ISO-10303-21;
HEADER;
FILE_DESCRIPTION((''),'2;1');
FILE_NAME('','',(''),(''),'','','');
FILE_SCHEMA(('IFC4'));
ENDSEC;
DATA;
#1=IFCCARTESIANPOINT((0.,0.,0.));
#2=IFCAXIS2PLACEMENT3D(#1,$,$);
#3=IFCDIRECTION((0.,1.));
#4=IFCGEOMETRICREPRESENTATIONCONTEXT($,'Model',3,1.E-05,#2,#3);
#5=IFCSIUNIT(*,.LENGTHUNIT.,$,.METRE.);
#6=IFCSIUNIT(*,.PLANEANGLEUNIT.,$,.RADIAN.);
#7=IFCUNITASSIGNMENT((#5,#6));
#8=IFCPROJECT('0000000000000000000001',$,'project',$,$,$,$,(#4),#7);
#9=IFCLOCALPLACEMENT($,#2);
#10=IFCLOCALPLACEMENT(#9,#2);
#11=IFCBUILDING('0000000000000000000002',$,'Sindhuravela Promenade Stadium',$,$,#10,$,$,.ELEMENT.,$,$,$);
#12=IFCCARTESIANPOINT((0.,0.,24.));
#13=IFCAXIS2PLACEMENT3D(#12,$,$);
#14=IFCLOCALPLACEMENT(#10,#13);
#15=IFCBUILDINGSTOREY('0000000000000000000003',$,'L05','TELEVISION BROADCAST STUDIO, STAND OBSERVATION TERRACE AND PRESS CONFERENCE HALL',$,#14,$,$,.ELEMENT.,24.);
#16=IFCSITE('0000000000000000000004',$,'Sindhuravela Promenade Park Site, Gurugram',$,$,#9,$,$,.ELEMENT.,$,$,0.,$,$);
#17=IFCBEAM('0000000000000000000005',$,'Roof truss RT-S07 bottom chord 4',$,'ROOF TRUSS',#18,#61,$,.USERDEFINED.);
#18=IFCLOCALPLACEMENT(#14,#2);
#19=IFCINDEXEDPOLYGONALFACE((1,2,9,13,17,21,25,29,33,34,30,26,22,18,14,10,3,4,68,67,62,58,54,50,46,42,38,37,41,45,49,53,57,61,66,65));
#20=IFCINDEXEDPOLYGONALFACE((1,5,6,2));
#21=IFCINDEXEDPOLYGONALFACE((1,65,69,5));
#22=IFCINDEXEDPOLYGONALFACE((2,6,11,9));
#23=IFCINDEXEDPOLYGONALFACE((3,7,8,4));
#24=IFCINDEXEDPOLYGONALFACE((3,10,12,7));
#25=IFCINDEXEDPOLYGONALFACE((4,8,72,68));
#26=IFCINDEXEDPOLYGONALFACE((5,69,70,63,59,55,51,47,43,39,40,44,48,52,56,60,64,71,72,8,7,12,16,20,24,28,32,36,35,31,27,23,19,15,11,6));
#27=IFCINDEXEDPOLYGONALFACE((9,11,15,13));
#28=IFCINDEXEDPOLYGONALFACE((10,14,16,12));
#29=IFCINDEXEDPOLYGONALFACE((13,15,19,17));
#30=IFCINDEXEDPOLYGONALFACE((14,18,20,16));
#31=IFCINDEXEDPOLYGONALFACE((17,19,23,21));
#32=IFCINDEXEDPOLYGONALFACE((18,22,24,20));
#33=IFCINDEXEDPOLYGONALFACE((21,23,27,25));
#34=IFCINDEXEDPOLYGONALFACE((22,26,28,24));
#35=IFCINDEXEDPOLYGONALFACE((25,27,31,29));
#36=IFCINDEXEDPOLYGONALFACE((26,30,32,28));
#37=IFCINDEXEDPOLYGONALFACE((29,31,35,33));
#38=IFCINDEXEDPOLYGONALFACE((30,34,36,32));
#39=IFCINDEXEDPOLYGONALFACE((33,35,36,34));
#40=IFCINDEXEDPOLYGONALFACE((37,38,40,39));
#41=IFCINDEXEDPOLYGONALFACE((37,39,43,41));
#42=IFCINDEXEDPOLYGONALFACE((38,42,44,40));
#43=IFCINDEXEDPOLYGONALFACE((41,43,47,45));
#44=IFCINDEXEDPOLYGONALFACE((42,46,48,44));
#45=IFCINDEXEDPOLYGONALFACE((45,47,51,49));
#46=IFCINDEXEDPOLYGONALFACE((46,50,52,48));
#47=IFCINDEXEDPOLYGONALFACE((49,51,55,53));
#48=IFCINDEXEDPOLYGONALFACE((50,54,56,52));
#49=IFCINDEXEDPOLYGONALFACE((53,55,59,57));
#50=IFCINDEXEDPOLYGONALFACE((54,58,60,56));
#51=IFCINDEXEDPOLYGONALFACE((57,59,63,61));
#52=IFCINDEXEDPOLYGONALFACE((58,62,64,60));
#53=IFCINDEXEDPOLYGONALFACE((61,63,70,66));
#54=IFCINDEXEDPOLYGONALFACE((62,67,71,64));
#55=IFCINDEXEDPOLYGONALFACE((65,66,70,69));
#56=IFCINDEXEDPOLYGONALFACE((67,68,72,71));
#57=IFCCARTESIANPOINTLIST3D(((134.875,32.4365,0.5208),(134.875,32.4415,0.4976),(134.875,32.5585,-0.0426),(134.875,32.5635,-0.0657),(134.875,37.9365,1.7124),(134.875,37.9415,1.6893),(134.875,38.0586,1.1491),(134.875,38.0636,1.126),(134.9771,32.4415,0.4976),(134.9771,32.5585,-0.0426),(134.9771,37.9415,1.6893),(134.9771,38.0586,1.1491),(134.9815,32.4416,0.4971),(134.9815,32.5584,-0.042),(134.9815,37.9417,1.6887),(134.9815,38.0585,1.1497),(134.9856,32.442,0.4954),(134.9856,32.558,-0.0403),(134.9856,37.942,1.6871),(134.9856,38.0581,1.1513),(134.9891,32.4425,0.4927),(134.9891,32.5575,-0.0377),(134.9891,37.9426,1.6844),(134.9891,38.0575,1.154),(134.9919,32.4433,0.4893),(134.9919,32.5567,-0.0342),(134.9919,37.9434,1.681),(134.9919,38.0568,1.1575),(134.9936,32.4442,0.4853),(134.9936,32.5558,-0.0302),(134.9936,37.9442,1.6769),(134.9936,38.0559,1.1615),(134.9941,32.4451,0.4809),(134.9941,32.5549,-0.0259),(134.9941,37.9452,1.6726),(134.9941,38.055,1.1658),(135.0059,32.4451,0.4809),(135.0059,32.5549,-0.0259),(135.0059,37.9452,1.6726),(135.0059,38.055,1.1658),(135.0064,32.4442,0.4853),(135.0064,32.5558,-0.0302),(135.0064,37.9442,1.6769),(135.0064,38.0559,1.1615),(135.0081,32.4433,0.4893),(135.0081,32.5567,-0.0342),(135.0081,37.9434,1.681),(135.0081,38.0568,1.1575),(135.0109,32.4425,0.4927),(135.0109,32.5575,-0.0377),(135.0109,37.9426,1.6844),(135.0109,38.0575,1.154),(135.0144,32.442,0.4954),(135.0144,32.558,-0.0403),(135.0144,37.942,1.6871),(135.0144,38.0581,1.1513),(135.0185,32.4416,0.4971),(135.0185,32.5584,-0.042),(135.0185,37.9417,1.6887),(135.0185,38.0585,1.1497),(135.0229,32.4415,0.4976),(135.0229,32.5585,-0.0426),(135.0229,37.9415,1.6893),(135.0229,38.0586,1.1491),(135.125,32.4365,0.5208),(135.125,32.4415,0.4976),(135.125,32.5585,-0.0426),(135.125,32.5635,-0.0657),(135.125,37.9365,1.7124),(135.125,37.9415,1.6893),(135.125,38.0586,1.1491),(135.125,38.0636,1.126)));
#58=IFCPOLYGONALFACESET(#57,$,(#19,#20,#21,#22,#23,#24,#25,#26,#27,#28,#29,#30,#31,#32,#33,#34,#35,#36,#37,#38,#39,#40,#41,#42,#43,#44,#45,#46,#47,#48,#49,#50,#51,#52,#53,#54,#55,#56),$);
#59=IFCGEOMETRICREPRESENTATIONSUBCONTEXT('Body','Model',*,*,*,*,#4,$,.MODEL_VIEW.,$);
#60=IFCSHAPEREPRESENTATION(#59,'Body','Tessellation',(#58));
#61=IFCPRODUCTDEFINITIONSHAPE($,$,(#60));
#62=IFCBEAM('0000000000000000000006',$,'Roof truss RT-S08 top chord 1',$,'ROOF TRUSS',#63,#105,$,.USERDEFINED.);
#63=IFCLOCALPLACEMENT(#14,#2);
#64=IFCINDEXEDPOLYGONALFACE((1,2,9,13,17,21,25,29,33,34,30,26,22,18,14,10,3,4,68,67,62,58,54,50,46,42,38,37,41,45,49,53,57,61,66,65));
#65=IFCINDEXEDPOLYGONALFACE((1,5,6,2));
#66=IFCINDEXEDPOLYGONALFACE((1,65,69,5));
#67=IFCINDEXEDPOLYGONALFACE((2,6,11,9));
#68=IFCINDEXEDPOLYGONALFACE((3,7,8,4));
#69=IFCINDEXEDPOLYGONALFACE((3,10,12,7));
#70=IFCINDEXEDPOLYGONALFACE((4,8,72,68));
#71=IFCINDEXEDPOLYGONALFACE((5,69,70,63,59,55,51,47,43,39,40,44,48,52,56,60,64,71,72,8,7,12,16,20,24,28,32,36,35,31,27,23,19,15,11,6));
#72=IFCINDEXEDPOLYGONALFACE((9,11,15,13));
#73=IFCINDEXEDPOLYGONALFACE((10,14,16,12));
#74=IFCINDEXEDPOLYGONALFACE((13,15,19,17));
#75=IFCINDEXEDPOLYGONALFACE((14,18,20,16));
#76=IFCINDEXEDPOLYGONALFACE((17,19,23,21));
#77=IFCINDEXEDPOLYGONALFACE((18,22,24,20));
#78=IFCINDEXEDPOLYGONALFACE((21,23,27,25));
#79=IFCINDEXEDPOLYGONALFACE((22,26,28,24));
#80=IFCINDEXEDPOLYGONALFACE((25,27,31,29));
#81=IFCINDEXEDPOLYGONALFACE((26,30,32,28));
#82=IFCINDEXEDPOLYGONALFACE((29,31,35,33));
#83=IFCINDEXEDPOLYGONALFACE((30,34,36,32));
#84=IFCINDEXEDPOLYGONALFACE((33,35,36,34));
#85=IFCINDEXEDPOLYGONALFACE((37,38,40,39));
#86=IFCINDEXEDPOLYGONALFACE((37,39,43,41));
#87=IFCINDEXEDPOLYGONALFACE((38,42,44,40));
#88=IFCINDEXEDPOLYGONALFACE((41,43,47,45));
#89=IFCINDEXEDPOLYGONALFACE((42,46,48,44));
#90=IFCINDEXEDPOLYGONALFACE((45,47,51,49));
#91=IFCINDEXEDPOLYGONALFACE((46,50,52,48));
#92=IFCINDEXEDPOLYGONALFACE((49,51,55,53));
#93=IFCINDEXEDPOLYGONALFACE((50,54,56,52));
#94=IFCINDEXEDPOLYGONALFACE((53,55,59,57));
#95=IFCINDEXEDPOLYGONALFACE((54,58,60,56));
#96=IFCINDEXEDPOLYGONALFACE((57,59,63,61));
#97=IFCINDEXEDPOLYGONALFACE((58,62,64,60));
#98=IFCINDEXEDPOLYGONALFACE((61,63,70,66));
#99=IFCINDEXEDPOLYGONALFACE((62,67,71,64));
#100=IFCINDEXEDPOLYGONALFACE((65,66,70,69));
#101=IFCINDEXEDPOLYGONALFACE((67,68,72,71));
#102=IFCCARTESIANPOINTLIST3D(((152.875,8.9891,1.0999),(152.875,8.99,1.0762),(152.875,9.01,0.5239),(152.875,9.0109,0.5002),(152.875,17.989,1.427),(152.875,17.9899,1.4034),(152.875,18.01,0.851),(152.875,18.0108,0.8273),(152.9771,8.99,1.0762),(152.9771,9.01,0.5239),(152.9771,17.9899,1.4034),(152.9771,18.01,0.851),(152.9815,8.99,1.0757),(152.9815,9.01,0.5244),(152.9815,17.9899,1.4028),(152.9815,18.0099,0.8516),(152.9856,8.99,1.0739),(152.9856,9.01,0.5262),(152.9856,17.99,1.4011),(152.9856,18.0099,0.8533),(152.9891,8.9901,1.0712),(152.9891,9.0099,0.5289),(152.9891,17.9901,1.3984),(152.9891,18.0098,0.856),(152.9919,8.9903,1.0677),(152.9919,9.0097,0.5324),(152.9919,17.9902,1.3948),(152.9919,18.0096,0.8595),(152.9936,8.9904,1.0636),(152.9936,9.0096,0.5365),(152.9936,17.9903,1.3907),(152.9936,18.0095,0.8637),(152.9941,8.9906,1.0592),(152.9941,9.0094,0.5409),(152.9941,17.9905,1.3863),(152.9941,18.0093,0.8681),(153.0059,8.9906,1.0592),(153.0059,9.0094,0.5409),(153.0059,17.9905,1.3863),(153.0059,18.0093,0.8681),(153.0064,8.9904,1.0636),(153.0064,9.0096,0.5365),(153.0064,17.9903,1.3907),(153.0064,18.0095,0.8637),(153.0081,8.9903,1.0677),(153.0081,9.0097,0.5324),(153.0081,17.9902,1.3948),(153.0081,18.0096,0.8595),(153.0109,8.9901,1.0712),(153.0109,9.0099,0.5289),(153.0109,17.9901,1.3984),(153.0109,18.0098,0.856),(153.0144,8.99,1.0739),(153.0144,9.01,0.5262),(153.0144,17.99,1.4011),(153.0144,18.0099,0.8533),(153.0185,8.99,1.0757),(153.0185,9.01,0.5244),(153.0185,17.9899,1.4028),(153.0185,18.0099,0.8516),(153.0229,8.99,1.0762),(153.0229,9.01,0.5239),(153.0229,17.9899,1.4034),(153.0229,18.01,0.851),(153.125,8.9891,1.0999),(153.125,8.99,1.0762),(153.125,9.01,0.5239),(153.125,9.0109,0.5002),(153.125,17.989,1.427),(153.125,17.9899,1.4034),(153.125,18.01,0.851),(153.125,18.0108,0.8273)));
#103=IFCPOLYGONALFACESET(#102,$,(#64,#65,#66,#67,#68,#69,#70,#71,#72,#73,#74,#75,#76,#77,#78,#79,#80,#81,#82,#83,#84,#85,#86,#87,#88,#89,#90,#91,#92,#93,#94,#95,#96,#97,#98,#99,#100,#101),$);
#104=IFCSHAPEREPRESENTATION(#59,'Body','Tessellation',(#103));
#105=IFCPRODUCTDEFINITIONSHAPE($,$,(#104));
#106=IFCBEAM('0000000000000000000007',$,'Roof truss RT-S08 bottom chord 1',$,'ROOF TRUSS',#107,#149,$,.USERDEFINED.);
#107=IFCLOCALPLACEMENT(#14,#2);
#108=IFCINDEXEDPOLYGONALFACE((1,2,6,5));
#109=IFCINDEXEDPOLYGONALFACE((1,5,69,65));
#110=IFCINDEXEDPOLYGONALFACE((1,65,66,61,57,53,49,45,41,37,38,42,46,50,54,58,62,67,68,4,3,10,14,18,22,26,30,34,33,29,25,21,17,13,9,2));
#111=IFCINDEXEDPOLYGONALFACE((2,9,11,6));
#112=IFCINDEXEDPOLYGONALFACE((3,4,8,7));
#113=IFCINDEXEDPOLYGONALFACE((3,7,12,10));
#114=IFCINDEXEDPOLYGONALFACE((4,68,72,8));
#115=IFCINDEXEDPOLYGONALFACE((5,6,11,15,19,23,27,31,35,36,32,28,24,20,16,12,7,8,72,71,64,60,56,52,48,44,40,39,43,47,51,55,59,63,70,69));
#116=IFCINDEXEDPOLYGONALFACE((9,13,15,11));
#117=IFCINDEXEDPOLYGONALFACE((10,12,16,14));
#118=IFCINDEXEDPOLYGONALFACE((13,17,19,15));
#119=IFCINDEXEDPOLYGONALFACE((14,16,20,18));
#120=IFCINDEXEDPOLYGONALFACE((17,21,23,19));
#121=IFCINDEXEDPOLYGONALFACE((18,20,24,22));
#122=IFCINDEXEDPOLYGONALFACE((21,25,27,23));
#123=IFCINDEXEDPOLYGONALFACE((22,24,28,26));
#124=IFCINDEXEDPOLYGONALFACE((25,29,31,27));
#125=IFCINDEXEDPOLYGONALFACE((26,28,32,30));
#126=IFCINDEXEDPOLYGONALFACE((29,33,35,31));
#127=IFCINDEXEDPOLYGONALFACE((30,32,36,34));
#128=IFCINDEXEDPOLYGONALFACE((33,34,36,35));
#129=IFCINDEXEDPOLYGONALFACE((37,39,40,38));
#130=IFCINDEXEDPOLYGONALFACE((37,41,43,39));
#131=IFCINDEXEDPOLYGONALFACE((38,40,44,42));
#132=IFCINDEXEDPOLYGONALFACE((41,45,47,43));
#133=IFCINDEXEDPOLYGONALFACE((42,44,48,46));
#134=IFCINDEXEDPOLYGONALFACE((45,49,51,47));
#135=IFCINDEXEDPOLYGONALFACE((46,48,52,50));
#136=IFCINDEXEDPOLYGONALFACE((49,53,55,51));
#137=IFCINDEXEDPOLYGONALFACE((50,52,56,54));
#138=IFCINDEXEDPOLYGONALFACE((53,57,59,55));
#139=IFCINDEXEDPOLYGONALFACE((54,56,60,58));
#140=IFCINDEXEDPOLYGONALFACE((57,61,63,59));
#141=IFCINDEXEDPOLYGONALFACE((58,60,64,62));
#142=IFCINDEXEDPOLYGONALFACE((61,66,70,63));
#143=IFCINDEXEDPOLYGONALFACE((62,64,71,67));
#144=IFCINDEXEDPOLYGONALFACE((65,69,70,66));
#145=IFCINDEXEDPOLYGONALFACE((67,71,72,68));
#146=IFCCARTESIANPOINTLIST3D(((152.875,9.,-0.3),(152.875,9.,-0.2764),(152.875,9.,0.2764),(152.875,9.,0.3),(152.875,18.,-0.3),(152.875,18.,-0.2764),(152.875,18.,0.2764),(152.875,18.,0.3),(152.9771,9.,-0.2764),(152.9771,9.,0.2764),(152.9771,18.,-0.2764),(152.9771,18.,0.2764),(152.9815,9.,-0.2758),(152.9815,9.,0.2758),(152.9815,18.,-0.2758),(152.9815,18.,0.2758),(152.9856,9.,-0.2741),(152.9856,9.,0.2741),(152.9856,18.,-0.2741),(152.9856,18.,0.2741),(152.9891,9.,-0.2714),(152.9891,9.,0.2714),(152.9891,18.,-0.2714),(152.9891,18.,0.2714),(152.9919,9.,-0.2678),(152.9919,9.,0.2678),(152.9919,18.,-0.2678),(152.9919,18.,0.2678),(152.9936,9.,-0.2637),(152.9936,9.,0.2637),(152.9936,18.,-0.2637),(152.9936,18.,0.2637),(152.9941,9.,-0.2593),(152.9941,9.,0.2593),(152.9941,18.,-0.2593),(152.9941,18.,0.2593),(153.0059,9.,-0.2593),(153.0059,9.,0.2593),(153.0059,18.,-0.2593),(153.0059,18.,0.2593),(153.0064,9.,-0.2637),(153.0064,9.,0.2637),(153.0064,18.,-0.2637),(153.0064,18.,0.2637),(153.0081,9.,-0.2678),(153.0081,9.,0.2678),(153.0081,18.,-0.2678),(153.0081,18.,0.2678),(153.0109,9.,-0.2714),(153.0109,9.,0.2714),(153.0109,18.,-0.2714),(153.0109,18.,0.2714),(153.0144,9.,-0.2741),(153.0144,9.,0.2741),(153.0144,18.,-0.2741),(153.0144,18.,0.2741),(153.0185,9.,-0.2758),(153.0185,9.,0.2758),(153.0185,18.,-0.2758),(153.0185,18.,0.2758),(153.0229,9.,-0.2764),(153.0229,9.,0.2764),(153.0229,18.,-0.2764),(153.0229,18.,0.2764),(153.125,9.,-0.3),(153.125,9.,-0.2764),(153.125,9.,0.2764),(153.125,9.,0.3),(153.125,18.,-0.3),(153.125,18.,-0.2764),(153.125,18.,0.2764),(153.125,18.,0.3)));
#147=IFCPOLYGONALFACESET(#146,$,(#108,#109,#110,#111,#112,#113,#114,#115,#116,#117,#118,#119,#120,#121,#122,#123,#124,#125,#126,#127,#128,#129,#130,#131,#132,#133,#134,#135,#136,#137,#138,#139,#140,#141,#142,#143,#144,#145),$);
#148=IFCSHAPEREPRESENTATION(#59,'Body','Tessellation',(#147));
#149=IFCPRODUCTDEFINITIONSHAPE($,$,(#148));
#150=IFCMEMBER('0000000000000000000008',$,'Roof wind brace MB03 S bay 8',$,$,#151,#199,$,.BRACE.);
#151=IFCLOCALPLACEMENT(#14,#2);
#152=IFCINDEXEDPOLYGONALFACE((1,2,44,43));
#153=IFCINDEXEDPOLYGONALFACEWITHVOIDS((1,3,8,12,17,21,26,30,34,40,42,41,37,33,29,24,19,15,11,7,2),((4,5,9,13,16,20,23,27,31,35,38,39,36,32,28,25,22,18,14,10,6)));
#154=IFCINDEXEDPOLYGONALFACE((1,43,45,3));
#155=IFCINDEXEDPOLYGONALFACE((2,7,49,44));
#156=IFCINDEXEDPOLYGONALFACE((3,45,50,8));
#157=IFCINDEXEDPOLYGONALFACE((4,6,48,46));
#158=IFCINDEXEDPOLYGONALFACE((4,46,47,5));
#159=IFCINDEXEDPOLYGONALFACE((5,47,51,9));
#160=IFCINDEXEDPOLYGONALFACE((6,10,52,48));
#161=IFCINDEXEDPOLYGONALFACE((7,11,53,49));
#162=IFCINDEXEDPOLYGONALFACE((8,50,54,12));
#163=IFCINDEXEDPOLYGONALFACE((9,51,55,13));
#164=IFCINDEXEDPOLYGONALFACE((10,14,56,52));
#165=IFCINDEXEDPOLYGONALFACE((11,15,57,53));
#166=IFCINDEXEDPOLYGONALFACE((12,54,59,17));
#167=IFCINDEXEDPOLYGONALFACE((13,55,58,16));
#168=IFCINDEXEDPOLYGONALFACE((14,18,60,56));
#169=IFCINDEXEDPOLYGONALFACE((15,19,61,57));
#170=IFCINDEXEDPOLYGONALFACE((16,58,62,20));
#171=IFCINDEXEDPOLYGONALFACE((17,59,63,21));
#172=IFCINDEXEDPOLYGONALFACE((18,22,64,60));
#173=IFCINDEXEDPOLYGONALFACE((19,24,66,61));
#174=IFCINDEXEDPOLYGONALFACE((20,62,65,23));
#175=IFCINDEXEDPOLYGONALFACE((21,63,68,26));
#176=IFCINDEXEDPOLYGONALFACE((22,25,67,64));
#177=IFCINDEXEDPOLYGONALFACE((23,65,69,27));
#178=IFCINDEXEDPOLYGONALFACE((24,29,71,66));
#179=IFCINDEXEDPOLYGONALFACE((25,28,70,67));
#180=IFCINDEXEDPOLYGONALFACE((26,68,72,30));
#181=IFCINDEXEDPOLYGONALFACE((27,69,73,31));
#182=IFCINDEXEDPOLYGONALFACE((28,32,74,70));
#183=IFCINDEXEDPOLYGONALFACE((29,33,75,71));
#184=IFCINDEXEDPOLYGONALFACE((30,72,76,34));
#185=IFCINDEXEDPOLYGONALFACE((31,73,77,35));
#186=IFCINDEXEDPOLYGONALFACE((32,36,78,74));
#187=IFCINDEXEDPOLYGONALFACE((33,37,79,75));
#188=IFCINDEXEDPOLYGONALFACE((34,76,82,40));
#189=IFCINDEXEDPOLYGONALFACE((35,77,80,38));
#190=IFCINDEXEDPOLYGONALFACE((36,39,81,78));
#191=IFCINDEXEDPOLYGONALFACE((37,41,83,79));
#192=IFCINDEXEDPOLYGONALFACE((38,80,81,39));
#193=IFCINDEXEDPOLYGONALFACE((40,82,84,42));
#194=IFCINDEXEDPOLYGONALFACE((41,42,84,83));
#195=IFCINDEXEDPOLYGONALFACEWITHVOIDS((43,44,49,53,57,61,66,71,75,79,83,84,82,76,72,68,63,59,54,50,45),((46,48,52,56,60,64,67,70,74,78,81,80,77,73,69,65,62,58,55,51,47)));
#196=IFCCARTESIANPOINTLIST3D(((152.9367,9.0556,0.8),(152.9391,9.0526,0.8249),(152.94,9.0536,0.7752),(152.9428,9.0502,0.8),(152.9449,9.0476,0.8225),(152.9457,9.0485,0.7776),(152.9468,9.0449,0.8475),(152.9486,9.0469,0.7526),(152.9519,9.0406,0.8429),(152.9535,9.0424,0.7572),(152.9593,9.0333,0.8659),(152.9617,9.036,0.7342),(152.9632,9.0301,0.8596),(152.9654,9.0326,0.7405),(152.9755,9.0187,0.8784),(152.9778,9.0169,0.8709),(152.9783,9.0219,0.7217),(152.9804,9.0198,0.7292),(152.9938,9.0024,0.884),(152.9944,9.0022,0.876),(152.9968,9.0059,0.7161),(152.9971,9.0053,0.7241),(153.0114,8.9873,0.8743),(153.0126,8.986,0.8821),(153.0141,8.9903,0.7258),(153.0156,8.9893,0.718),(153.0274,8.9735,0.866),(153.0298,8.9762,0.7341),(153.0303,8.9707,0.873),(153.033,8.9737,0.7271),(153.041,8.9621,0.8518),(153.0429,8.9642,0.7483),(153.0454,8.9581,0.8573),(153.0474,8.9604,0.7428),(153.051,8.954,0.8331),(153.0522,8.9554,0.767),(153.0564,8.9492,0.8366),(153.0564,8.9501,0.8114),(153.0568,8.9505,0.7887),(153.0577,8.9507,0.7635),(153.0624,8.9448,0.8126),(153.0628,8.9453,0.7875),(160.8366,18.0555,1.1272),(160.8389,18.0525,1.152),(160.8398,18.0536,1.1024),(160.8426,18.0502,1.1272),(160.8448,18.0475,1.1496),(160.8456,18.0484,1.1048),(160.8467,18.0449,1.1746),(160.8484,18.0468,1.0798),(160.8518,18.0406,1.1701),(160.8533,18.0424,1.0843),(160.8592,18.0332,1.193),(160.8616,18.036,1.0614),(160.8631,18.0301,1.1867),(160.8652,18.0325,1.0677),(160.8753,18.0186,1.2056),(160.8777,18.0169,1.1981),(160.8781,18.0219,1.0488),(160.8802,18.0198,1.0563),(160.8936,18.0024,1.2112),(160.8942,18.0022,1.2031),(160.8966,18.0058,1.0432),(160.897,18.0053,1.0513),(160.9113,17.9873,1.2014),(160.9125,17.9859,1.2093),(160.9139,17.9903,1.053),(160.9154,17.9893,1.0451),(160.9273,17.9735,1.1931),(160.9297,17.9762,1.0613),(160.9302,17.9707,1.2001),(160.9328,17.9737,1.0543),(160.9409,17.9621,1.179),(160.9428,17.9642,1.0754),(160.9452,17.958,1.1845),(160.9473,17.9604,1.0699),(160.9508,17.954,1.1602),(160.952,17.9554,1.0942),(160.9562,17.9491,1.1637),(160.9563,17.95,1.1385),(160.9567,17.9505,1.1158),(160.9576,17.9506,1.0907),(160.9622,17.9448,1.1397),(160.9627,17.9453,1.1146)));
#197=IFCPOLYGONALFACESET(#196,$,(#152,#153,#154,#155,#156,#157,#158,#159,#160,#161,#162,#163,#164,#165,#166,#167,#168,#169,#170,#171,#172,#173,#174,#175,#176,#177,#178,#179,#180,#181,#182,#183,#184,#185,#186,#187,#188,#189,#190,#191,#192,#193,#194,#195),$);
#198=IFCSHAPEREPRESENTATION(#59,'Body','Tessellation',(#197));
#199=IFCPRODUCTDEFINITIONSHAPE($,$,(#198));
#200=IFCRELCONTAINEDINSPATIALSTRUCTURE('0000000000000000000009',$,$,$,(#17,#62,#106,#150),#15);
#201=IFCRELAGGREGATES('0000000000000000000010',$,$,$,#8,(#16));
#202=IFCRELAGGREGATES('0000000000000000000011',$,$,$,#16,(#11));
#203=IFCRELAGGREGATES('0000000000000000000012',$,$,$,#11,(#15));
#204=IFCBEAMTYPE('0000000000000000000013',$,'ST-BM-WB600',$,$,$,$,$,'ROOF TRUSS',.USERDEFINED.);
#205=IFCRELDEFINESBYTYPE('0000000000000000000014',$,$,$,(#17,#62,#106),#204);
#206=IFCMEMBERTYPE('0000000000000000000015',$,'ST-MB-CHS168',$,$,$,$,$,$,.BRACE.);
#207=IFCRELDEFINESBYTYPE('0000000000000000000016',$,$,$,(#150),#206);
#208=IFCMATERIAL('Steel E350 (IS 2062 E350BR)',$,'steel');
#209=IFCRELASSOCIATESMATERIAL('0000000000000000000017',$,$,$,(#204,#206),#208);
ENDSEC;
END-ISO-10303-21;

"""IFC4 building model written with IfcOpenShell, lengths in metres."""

from ifc_helpers import new_model, si_unit, direction, frame, origin, origin_2d, place, context, subcontext, project, spatial, hollow_circle, i_section, extrude, material, material_profile, profile_set, type_object, element, save


model = new_model("IFC4")

# Units and contexts
model_context = context("Model", 3, precision=1e-05, world=origin(), true_north=direction((0.0, 1.0)))
body_context = subcontext(model_context, "Body", "Model", "MODEL_VIEW")
ifc_project = project(units=[si_unit("LENGTHUNIT", "METRE"), si_unit("PLANEANGLEUNIT", "RADIAN")], contexts=[model_context])

# Site, building, storey
site_placement = place(None, origin())
site = spatial("IfcSite", under=ifc_project, at=site_placement, Name="Sindhuravela Promenade Park Site, Gurugram", CompositionType="ELEMENT", RefElevation=0.0)
building_placement = place(site_placement, origin())
building = spatial("IfcBuilding", under=site, at=building_placement, Name="Sindhuravela Promenade Stadium", CompositionType="ELEMENT")
storey_placement = place(building_placement, frame((0.0, 0.0, 24.0)))
storey = spatial("IfcBuildingStorey", under=building, at=storey_placement, Name="L05", Description="TELEVISION BROADCAST STUDIO, STAND OBSERVATION TERRACE AND PRESS CONFERENCE HALL", CompositionType="ELEMENT", Elevation=24.0)

# Beams
ifc_material_1 = material(Name="Steel E350 (IS 2062 E350BR)", Category="steel")
ifc_material_profile_1 = material_profile(ifc_material_1, i_section(OverallWidth=0.25, OverallDepth=0.6001, WebThickness=0.0117, FlangeThickness=0.0237, FilletRadius=0.0171, at=origin_2d()), Name="ISWB 600")
ifc_profile_set_1 = profile_set([ifc_material_profile_1], Name="Steel E350 (IS 2062 E350BR)")
beam_type = type_object("IfcBeamType", Name="ST-BM-WB600", ElementType="ROOF TRUSS", PredefinedType="USERDEFINED", material=ifc_profile_set_1)
beam_1_placement = place(storey_placement, frame((135.0, 32.5, 0.2275), z_axis=(0.0, 0.977324, 0.211751), x_axis=(-1.0, 0.0, 0.0)))
element("IfcBeam", 1, at=beam_1_placement, inside=storey, type_object=beam_type, Name="Roof truss RT-S07 bottom chord 4", ObjectType="ROOF TRUSS", PredefinedType="USERDEFINED", context=body_context, shape_type="SweptSolid", body=[
    extrude(i_section(OverallWidth=0.25, OverallDepth=0.6001, WebThickness=0.0117, FlangeThickness=0.0237, FilletRadius=0.0171, at=origin_2d()), origin(), (0.0, 0.0, 1.0), 5.6277),
])
beam_2_placement = place(storey_placement, frame((153.0, 9.0, 0.8), z_axis=(0.0, 0.99934, 0.036326), x_axis=(-1.0, 0.0, 0.0)))
element("IfcBeam", 2, at=beam_2_placement, inside=storey, type_object=beam_type, Name="Roof truss RT-S08 top chord 1", ObjectType="ROOF TRUSS", PredefinedType="USERDEFINED", context=body_context, shape_type="SweptSolid", body=[
    extrude(i_section(OverallWidth=0.25, OverallDepth=0.6001, WebThickness=0.0117, FlangeThickness=0.0237, FilletRadius=0.0171, at=origin_2d()), origin(), (0.0, 0.0, 1.0), 9.0059),
])
beam_3_placement = place(storey_placement, frame((153.0, 9.0, 0.0), z_axis=(0.0, 1.0, 0.0), x_axis=(-1.0, 0.0, 0.0)))
element("IfcBeam", 3, at=beam_3_placement, inside=storey, type_object=beam_type, Name="Roof truss RT-S08 bottom chord 1", ObjectType="ROOF TRUSS", PredefinedType="USERDEFINED", context=body_context, shape_type="SweptSolid", body=[
    extrude(i_section(OverallWidth=0.25, OverallDepth=0.6001, WebThickness=0.0117, FlangeThickness=0.0237, FilletRadius=0.0171, at=origin_2d()), origin(), (0.0, 0.0, 1.0), 9.0),
])

# Member
ifc_material_profile_2 = material_profile(ifc_material_1, hollow_circle(Radius=0.0842, WallThickness=0.0081, at=origin_2d()), Name="CHS 168.3x8")
ifc_profile_set_2 = profile_set([ifc_material_profile_2], Name="Steel E350 (IS 2062 E350BR)")
member_type_1 = type_object("IfcMemberType", Name="ST-MB-CHS168", PredefinedType="BRACE", material=ifc_profile_set_2)
member_1_placement = place(storey_placement, frame((153.0, 9.0, 0.8), z_axis=(0.659436, 0.751265, 0.027308), x_axis=(-0.751545, 0.659682, 0.0)))
element("IfcMember", 4, at=member_1_placement, inside=storey, type_object=member_type_1, Name="Roof wind brace MB03 S bay 8", PredefinedType="BRACE", context=body_context, shape_type="SweptSolid", body=[
    extrude(hollow_circle(Radius=0.0842, WallThickness=0.0081, at=origin_2d()), origin(), (0.0, 0.0, 1.0), 11.9797),
])

save(model, "model.ifc")
